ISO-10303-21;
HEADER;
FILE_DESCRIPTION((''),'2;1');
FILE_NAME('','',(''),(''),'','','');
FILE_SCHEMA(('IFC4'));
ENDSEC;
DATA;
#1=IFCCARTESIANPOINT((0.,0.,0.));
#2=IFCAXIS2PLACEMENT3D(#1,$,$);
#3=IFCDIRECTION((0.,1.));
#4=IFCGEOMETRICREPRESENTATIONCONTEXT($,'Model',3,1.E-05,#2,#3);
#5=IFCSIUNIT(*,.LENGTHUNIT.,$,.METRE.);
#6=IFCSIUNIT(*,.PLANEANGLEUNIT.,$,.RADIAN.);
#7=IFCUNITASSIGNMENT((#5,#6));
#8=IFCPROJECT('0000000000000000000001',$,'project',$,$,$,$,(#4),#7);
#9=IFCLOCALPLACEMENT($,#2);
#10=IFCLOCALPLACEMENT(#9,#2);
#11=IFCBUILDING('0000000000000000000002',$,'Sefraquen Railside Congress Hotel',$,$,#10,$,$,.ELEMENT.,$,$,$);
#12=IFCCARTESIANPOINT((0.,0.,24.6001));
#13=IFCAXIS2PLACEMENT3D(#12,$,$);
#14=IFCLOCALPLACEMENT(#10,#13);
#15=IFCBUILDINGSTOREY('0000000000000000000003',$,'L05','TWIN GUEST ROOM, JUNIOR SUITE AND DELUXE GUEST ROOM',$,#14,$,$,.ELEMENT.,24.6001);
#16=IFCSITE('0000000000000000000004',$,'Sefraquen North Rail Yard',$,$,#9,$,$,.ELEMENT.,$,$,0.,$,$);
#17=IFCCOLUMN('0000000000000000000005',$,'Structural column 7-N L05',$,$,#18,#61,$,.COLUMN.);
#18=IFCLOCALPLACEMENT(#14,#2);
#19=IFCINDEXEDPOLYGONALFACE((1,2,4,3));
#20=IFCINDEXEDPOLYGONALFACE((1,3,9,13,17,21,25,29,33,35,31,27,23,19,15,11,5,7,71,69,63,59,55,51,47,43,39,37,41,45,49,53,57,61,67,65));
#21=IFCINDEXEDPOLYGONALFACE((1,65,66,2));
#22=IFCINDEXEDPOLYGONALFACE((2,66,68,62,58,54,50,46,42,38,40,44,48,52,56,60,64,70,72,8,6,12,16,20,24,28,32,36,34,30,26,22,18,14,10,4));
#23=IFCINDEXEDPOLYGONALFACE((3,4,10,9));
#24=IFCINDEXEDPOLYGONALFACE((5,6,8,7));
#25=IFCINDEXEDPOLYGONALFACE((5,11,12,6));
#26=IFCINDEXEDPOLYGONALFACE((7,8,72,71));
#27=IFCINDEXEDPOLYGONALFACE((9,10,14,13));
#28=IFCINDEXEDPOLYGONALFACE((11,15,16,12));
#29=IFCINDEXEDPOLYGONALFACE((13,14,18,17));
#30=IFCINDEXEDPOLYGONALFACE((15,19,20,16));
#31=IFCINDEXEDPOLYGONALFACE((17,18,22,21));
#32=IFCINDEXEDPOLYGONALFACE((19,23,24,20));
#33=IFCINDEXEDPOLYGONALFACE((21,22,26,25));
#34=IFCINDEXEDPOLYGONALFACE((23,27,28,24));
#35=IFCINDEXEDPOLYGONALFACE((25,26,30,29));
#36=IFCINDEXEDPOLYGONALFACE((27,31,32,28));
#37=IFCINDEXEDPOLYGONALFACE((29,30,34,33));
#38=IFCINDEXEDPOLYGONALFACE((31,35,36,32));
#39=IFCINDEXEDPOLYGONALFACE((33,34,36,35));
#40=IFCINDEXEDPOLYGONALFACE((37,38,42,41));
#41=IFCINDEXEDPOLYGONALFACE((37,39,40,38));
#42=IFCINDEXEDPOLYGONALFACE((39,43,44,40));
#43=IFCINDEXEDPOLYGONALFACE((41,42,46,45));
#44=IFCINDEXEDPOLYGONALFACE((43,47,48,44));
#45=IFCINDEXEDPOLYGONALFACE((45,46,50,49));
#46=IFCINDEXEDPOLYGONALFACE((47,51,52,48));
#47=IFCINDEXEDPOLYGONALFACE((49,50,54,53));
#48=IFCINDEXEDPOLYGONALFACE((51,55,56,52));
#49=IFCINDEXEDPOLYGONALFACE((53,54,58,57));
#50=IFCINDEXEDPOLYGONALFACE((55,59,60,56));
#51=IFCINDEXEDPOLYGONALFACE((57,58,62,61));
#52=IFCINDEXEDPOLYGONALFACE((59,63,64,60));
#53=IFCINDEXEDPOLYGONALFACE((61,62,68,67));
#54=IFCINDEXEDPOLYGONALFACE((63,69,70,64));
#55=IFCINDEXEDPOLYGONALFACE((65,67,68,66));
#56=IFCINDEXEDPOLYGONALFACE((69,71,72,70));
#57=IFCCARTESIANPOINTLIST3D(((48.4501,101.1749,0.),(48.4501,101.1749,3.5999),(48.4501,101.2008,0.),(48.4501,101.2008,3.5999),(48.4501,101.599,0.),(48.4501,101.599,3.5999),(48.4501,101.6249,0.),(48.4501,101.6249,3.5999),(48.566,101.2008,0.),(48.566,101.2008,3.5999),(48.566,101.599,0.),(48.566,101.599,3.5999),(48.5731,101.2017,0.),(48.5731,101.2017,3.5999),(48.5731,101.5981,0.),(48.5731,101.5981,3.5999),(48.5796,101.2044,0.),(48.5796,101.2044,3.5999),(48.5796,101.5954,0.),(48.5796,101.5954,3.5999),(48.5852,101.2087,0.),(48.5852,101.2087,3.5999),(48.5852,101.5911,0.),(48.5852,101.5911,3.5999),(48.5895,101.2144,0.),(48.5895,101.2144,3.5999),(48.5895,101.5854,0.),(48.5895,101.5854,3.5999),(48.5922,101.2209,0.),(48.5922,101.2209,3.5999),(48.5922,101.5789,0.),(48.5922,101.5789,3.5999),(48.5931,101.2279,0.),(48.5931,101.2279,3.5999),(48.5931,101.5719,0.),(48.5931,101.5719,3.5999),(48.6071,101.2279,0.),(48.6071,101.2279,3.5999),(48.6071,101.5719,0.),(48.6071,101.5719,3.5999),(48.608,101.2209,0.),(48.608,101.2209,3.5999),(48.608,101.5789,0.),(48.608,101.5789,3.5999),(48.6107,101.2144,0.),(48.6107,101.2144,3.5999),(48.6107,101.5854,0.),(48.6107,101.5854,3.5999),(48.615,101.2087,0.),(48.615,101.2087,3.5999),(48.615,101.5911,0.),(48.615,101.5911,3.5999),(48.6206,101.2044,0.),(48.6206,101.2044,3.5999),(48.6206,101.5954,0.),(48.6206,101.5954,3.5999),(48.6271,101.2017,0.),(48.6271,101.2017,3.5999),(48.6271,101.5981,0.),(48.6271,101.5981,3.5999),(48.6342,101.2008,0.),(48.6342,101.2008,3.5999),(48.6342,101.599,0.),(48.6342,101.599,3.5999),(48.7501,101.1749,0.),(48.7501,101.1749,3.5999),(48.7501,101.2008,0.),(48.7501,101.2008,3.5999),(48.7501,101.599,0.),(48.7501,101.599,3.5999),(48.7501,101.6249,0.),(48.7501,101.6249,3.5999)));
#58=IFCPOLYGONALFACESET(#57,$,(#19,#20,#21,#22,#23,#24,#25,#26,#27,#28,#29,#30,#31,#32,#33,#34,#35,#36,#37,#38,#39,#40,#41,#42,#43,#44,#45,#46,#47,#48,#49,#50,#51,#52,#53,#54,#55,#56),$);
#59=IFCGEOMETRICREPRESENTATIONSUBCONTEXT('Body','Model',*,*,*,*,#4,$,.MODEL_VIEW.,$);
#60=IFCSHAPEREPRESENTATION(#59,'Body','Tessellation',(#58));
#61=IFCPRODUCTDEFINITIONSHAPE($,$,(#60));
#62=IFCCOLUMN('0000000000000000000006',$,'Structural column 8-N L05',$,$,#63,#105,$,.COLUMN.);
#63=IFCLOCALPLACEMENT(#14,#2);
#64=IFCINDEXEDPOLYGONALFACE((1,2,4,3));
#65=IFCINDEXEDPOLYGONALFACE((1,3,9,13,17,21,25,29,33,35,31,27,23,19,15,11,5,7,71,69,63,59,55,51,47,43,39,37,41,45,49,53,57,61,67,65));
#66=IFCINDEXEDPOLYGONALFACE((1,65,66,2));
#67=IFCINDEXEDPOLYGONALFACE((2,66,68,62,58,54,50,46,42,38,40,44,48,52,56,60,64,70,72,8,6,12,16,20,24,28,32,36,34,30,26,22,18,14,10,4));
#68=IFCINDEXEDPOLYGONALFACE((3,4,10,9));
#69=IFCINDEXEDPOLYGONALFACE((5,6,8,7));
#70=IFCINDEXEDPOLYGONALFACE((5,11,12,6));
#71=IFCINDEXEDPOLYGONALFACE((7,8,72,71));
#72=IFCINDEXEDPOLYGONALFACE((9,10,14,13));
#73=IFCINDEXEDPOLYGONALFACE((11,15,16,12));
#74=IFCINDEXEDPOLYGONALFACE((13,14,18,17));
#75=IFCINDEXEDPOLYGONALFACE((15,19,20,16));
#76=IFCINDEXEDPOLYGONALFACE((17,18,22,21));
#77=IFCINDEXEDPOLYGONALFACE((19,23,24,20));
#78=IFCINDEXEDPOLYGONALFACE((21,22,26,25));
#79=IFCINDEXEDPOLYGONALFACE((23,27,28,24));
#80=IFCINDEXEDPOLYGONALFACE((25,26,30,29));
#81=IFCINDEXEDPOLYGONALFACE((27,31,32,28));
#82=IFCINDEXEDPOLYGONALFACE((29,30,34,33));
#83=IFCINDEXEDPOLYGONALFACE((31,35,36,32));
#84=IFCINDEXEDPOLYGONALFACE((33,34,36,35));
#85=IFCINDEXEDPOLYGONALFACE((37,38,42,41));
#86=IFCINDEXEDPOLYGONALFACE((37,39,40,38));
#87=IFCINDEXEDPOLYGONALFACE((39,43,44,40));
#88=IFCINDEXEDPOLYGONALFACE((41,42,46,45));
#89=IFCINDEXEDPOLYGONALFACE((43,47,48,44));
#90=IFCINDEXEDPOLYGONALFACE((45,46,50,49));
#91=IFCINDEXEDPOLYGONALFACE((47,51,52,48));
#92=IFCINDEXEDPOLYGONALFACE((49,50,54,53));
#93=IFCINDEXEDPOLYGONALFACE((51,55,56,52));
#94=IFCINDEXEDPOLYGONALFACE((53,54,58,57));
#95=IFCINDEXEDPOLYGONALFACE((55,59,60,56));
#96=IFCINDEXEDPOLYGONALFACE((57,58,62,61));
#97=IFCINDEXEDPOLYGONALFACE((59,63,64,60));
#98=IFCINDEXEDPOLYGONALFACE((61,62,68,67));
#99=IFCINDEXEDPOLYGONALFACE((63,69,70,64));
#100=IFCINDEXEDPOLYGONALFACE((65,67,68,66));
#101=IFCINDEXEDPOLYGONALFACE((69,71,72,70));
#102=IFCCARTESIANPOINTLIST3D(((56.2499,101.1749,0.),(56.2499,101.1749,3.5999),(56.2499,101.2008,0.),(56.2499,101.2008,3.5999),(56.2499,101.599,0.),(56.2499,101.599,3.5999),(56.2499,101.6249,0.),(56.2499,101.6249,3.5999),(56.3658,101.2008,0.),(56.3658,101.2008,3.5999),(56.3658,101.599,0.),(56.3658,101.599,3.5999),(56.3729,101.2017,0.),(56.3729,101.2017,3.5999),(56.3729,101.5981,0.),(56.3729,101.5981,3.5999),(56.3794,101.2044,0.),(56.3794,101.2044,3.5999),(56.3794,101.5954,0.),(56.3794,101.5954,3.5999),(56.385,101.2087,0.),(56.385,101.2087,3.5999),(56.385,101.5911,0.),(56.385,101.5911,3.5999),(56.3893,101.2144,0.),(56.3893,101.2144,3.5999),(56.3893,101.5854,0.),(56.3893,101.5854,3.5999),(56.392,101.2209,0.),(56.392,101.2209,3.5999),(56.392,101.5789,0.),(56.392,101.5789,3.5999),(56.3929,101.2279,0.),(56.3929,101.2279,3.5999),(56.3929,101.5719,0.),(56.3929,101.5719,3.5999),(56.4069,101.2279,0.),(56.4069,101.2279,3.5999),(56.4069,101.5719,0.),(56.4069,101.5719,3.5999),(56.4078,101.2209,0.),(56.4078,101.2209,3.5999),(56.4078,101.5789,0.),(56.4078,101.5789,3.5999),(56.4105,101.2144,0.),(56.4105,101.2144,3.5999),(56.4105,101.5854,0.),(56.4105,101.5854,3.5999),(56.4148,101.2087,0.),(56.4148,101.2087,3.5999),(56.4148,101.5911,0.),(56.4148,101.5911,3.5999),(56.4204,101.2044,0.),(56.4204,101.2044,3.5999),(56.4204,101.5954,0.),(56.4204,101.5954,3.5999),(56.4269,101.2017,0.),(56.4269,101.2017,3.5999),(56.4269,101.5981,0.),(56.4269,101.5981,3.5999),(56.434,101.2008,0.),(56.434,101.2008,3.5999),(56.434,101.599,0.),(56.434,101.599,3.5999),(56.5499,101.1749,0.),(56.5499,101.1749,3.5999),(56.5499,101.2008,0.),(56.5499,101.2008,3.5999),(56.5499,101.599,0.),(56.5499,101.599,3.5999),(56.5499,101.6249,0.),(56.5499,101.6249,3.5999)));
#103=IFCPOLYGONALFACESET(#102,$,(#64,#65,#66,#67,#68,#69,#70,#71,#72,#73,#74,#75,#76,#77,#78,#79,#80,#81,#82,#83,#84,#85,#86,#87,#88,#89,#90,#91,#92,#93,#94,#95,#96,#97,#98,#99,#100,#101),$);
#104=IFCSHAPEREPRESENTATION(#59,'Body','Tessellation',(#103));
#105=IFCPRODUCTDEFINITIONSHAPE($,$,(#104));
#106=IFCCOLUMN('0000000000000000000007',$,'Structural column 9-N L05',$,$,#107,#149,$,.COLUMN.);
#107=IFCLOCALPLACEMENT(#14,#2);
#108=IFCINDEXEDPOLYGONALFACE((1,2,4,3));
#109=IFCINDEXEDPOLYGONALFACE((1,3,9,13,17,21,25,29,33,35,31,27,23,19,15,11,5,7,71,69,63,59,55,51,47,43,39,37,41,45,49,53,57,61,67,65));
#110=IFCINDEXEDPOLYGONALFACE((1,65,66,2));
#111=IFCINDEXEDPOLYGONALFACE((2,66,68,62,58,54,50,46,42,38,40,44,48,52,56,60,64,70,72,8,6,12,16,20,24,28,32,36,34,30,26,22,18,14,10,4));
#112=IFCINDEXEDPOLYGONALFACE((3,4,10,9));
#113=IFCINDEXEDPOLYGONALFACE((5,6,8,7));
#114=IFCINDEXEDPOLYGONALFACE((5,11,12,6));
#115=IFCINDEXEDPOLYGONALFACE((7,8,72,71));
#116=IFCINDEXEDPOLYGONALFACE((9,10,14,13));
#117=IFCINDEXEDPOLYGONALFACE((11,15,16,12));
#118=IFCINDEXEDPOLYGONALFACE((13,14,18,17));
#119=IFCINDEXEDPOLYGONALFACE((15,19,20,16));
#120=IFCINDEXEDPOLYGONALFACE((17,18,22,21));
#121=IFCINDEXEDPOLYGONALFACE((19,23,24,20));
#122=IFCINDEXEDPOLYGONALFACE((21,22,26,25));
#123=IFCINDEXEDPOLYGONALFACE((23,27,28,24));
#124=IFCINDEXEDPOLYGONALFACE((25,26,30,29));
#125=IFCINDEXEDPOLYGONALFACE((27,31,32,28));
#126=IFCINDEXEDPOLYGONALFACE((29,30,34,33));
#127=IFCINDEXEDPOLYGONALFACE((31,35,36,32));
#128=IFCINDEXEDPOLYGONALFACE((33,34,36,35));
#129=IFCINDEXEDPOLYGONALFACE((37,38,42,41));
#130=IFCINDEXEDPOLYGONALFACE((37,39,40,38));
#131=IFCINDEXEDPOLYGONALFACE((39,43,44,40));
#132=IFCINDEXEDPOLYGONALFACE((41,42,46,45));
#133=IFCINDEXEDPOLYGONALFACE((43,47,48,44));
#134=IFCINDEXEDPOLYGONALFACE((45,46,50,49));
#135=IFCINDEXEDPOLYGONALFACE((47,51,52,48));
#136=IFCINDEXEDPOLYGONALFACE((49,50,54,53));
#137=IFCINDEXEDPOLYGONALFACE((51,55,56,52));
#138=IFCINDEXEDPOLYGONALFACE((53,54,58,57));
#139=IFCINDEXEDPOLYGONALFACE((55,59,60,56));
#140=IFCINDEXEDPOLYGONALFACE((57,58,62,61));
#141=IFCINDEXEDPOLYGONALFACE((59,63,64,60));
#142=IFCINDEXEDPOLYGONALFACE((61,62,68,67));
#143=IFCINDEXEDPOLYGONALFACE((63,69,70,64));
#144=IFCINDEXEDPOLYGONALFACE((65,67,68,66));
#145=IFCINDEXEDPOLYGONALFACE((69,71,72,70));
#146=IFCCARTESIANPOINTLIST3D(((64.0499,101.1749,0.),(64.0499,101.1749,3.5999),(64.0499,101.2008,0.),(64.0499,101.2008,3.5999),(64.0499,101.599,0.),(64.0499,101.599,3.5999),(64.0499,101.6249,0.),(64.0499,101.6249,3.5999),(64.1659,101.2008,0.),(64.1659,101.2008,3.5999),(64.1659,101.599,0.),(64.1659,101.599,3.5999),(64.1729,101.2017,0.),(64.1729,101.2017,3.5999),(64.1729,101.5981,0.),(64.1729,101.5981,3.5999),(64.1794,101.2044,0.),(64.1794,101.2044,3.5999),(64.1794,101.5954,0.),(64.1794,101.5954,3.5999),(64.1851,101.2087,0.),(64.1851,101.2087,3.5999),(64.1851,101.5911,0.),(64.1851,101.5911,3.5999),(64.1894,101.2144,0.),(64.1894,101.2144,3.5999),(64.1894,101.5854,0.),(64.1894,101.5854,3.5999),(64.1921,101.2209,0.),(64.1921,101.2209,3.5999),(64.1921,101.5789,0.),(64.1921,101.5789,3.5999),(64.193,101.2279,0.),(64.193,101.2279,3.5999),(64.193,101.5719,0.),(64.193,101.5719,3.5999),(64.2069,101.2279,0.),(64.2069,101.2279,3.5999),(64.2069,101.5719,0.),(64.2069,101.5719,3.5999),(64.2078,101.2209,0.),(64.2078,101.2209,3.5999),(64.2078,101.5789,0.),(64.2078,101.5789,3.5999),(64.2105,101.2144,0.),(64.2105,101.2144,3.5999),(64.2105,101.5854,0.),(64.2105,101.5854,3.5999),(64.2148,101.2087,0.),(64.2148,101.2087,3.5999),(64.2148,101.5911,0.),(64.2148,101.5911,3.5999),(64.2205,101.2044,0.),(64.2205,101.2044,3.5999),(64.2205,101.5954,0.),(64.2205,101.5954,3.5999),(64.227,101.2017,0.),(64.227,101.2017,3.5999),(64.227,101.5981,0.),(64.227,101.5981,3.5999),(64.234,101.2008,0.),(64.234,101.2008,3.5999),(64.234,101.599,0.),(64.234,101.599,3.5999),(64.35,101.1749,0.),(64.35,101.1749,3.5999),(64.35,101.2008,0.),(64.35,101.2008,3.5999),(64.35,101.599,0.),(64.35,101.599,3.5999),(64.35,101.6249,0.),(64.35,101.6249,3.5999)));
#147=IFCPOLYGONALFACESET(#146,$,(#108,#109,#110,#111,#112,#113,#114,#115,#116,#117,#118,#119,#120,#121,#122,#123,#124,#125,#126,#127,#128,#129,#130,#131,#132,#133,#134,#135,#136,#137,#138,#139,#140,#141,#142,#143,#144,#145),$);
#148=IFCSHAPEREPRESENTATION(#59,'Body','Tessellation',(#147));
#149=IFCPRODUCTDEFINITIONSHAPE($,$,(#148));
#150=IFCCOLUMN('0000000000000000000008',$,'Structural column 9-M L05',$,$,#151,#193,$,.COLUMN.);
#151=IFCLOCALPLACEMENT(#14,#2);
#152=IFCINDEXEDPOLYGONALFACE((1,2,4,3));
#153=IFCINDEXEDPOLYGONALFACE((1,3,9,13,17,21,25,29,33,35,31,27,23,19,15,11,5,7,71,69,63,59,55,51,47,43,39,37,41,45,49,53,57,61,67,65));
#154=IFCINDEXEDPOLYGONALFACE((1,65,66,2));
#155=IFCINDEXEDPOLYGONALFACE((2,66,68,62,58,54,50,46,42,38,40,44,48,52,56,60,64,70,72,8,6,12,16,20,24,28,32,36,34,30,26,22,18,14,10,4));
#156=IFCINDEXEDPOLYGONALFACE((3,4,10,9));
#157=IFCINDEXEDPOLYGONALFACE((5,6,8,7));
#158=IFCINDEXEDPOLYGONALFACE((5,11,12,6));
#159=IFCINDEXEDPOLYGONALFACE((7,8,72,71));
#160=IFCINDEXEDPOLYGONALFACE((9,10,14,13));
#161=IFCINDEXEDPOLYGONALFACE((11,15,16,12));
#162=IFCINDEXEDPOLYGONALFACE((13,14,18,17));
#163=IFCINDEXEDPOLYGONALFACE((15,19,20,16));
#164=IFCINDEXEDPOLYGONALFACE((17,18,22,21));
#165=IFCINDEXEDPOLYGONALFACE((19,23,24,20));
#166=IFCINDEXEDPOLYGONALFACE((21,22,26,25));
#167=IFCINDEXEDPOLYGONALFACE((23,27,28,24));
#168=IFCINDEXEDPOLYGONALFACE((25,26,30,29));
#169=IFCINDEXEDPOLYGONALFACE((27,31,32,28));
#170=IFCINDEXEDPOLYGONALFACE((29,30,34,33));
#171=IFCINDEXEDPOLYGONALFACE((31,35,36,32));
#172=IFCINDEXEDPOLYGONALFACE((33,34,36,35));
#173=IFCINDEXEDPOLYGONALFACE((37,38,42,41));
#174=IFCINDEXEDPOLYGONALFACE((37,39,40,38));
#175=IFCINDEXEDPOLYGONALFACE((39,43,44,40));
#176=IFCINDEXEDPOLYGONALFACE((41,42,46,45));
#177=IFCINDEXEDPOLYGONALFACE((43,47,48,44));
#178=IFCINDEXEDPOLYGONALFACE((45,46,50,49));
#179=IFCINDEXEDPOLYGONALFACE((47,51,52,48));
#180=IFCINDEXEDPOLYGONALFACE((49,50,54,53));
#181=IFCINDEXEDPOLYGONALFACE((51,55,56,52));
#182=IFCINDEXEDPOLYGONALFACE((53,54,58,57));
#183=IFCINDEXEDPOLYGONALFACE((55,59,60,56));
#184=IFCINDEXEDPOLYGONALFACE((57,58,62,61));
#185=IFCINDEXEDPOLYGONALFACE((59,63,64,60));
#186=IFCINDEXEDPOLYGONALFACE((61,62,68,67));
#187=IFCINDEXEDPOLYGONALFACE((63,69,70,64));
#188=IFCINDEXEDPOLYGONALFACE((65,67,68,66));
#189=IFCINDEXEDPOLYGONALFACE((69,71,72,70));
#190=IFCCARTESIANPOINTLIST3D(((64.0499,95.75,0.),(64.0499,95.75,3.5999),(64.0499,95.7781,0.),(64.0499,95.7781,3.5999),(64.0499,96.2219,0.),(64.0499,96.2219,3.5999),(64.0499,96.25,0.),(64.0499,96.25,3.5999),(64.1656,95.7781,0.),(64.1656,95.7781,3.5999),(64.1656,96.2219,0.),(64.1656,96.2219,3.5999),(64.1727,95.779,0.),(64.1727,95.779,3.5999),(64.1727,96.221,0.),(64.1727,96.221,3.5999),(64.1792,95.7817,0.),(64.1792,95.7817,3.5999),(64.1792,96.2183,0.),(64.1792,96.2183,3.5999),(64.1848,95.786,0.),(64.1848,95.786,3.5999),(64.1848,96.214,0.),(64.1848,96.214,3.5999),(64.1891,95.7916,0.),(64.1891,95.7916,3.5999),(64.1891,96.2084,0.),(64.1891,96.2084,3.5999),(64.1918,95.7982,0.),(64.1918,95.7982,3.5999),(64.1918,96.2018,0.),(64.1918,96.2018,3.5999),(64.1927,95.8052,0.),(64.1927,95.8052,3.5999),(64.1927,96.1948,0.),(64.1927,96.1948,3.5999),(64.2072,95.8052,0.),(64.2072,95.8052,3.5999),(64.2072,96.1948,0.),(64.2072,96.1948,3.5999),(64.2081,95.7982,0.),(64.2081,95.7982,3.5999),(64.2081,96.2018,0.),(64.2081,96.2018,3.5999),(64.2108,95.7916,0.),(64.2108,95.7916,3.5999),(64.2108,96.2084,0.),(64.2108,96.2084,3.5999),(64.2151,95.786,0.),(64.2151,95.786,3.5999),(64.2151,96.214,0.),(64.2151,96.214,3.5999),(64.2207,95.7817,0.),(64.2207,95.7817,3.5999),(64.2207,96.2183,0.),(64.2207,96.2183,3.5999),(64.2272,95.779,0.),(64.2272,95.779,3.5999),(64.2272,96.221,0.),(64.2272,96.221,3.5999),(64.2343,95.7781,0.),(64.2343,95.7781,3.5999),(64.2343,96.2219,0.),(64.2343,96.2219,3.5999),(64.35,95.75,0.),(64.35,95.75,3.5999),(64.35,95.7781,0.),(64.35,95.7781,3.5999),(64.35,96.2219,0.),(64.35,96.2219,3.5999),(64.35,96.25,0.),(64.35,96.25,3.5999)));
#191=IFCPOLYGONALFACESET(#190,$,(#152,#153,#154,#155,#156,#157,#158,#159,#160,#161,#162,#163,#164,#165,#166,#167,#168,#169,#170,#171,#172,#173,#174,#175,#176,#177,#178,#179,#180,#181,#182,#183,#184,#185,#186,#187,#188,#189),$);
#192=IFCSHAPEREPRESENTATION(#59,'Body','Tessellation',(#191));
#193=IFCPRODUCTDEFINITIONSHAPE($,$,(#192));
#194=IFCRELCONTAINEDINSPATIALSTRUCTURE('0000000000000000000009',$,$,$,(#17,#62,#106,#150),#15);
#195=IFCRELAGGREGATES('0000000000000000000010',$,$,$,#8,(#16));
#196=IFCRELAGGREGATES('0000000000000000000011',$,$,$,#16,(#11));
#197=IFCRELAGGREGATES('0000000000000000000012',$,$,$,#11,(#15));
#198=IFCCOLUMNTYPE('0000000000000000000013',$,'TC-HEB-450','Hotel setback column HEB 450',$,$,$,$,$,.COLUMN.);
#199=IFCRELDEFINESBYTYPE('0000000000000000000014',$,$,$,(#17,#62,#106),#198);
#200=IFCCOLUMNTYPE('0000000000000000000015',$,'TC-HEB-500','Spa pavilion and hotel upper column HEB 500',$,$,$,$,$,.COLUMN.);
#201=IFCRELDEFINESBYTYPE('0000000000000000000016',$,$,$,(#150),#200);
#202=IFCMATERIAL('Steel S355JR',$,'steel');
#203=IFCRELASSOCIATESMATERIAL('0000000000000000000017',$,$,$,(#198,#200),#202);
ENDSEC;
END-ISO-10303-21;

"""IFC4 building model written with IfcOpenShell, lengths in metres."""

from ifc_helpers import new_model, si_unit, direction, frame, origin, origin_2d, place, context, subcontext, project, spatial, i_section, extrude, material, material_profile, profile_set, type_object, element, save


model = new_model("IFC4")

# Units and contexts
model_context = context("Model", 3, precision=1e-05, world=origin(), true_north=direction((0.0, 1.0)))
body_context = subcontext(model_context, "Body", "Model", "MODEL_VIEW")
ifc_project = project(units=[si_unit("LENGTHUNIT", "METRE"), si_unit("PLANEANGLEUNIT", "RADIAN")], contexts=[model_context])

# Site, building, storey
site_placement = place(None, origin())
site = spatial("IfcSite", under=ifc_project, at=site_placement, Name="Sefraquen North Rail Yard", CompositionType="ELEMENT", RefElevation=0.0)
building_placement = place(site_placement, origin())
building = spatial("IfcBuilding", under=site, at=building_placement, Name="Sefraquen Railside Congress Hotel", CompositionType="ELEMENT")
storey_placement = place(building_placement, frame((0.0, 0.0, 24.6001)))
storey = spatial("IfcBuildingStorey", under=building, at=storey_placement, Name="L05", Description="TWIN GUEST ROOM, JUNIOR SUITE AND DELUXE GUEST ROOM", CompositionType="ELEMENT", Elevation=24.6001)

# Columns
ifc_material_1 = material(Name="Steel S355JR", Category="steel")
ifc_material_profile_1 = material_profile(ifc_material_1, i_section(OverallWidth=0.3, OverallDepth=0.45, WebThickness=0.0139, FlangeThickness=0.0259, FilletRadius=0.0271, at=origin_2d()), Name="HEB 450")
ifc_profile_set_1 = profile_set([ifc_material_profile_1], Name="Steel S355JR")
column_type_1 = type_object("IfcColumnType", Name="TC-HEB-450", Description="Hotel setback column HEB 450", PredefinedType="COLUMN", material=ifc_profile_set_1)
for number, where, z_axis, x_axis, name in (
    (1, (48.6001, 101.3999, 0.0), (0.0, 0.0, 1.0), (1.0, 0.0, 0.0), "Structural column 7-N L05"),
    (2, (56.3999, 101.3999, 0.0), (0.0, 0.0, 1.0), (1.0, 0.0, 0.0), "Structural column 8-N L05"),
    (3, (64.2, 101.3999, 0.0), (0.0, 0.0, 1.0), (1.0, 0.0, 0.0), "Structural column 9-N L05"),
):
    element("IfcColumn", number, at=place(storey_placement, frame(where, z_axis=z_axis, x_axis=x_axis)), inside=storey, type_object=column_type_1, Name=name, PredefinedType="COLUMN", context=body_context, shape_type="SweptSolid", body=[
        extrude(i_section(OverallWidth=0.3, OverallDepth=0.45, WebThickness=0.0139, FlangeThickness=0.0259, FilletRadius=0.0271, at=origin_2d()), origin(), (0.0, 0.0, 1.0), 3.5999),
    ])
ifc_material_profile_2 = material_profile(ifc_material_1, i_section(OverallWidth=0.3, OverallDepth=0.5, WebThickness=0.0144, FlangeThickness=0.0281, FilletRadius=0.0271, at=origin_2d()), Name="HEB 500")
ifc_profile_set_2 = profile_set([ifc_material_profile_2], Name="Steel S355JR")
column_type_2 = type_object("IfcColumnType", Name="TC-HEB-500", Description="Spa pavilion and hotel upper column HEB 500", PredefinedType="COLUMN", material=ifc_profile_set_2)
column_placement = place(storey_placement, frame((64.2, 96.0, 0.0), z_axis=(0.0, 0.0, 1.0), x_axis=(1.0, 0.0, 0.0)))
element("IfcColumn", 4, at=column_placement, inside=storey, type_object=column_type_2, Name="Structural column 9-M L05", PredefinedType="COLUMN", context=body_context, shape_type="SweptSolid", body=[
    extrude(i_section(OverallWidth=0.3, OverallDepth=0.5, WebThickness=0.0144, FlangeThickness=0.0281, FilletRadius=0.0271, at=origin_2d()), origin(), (0.0, 0.0, 1.0), 3.5999),
])

save(model, "model.ifc")
